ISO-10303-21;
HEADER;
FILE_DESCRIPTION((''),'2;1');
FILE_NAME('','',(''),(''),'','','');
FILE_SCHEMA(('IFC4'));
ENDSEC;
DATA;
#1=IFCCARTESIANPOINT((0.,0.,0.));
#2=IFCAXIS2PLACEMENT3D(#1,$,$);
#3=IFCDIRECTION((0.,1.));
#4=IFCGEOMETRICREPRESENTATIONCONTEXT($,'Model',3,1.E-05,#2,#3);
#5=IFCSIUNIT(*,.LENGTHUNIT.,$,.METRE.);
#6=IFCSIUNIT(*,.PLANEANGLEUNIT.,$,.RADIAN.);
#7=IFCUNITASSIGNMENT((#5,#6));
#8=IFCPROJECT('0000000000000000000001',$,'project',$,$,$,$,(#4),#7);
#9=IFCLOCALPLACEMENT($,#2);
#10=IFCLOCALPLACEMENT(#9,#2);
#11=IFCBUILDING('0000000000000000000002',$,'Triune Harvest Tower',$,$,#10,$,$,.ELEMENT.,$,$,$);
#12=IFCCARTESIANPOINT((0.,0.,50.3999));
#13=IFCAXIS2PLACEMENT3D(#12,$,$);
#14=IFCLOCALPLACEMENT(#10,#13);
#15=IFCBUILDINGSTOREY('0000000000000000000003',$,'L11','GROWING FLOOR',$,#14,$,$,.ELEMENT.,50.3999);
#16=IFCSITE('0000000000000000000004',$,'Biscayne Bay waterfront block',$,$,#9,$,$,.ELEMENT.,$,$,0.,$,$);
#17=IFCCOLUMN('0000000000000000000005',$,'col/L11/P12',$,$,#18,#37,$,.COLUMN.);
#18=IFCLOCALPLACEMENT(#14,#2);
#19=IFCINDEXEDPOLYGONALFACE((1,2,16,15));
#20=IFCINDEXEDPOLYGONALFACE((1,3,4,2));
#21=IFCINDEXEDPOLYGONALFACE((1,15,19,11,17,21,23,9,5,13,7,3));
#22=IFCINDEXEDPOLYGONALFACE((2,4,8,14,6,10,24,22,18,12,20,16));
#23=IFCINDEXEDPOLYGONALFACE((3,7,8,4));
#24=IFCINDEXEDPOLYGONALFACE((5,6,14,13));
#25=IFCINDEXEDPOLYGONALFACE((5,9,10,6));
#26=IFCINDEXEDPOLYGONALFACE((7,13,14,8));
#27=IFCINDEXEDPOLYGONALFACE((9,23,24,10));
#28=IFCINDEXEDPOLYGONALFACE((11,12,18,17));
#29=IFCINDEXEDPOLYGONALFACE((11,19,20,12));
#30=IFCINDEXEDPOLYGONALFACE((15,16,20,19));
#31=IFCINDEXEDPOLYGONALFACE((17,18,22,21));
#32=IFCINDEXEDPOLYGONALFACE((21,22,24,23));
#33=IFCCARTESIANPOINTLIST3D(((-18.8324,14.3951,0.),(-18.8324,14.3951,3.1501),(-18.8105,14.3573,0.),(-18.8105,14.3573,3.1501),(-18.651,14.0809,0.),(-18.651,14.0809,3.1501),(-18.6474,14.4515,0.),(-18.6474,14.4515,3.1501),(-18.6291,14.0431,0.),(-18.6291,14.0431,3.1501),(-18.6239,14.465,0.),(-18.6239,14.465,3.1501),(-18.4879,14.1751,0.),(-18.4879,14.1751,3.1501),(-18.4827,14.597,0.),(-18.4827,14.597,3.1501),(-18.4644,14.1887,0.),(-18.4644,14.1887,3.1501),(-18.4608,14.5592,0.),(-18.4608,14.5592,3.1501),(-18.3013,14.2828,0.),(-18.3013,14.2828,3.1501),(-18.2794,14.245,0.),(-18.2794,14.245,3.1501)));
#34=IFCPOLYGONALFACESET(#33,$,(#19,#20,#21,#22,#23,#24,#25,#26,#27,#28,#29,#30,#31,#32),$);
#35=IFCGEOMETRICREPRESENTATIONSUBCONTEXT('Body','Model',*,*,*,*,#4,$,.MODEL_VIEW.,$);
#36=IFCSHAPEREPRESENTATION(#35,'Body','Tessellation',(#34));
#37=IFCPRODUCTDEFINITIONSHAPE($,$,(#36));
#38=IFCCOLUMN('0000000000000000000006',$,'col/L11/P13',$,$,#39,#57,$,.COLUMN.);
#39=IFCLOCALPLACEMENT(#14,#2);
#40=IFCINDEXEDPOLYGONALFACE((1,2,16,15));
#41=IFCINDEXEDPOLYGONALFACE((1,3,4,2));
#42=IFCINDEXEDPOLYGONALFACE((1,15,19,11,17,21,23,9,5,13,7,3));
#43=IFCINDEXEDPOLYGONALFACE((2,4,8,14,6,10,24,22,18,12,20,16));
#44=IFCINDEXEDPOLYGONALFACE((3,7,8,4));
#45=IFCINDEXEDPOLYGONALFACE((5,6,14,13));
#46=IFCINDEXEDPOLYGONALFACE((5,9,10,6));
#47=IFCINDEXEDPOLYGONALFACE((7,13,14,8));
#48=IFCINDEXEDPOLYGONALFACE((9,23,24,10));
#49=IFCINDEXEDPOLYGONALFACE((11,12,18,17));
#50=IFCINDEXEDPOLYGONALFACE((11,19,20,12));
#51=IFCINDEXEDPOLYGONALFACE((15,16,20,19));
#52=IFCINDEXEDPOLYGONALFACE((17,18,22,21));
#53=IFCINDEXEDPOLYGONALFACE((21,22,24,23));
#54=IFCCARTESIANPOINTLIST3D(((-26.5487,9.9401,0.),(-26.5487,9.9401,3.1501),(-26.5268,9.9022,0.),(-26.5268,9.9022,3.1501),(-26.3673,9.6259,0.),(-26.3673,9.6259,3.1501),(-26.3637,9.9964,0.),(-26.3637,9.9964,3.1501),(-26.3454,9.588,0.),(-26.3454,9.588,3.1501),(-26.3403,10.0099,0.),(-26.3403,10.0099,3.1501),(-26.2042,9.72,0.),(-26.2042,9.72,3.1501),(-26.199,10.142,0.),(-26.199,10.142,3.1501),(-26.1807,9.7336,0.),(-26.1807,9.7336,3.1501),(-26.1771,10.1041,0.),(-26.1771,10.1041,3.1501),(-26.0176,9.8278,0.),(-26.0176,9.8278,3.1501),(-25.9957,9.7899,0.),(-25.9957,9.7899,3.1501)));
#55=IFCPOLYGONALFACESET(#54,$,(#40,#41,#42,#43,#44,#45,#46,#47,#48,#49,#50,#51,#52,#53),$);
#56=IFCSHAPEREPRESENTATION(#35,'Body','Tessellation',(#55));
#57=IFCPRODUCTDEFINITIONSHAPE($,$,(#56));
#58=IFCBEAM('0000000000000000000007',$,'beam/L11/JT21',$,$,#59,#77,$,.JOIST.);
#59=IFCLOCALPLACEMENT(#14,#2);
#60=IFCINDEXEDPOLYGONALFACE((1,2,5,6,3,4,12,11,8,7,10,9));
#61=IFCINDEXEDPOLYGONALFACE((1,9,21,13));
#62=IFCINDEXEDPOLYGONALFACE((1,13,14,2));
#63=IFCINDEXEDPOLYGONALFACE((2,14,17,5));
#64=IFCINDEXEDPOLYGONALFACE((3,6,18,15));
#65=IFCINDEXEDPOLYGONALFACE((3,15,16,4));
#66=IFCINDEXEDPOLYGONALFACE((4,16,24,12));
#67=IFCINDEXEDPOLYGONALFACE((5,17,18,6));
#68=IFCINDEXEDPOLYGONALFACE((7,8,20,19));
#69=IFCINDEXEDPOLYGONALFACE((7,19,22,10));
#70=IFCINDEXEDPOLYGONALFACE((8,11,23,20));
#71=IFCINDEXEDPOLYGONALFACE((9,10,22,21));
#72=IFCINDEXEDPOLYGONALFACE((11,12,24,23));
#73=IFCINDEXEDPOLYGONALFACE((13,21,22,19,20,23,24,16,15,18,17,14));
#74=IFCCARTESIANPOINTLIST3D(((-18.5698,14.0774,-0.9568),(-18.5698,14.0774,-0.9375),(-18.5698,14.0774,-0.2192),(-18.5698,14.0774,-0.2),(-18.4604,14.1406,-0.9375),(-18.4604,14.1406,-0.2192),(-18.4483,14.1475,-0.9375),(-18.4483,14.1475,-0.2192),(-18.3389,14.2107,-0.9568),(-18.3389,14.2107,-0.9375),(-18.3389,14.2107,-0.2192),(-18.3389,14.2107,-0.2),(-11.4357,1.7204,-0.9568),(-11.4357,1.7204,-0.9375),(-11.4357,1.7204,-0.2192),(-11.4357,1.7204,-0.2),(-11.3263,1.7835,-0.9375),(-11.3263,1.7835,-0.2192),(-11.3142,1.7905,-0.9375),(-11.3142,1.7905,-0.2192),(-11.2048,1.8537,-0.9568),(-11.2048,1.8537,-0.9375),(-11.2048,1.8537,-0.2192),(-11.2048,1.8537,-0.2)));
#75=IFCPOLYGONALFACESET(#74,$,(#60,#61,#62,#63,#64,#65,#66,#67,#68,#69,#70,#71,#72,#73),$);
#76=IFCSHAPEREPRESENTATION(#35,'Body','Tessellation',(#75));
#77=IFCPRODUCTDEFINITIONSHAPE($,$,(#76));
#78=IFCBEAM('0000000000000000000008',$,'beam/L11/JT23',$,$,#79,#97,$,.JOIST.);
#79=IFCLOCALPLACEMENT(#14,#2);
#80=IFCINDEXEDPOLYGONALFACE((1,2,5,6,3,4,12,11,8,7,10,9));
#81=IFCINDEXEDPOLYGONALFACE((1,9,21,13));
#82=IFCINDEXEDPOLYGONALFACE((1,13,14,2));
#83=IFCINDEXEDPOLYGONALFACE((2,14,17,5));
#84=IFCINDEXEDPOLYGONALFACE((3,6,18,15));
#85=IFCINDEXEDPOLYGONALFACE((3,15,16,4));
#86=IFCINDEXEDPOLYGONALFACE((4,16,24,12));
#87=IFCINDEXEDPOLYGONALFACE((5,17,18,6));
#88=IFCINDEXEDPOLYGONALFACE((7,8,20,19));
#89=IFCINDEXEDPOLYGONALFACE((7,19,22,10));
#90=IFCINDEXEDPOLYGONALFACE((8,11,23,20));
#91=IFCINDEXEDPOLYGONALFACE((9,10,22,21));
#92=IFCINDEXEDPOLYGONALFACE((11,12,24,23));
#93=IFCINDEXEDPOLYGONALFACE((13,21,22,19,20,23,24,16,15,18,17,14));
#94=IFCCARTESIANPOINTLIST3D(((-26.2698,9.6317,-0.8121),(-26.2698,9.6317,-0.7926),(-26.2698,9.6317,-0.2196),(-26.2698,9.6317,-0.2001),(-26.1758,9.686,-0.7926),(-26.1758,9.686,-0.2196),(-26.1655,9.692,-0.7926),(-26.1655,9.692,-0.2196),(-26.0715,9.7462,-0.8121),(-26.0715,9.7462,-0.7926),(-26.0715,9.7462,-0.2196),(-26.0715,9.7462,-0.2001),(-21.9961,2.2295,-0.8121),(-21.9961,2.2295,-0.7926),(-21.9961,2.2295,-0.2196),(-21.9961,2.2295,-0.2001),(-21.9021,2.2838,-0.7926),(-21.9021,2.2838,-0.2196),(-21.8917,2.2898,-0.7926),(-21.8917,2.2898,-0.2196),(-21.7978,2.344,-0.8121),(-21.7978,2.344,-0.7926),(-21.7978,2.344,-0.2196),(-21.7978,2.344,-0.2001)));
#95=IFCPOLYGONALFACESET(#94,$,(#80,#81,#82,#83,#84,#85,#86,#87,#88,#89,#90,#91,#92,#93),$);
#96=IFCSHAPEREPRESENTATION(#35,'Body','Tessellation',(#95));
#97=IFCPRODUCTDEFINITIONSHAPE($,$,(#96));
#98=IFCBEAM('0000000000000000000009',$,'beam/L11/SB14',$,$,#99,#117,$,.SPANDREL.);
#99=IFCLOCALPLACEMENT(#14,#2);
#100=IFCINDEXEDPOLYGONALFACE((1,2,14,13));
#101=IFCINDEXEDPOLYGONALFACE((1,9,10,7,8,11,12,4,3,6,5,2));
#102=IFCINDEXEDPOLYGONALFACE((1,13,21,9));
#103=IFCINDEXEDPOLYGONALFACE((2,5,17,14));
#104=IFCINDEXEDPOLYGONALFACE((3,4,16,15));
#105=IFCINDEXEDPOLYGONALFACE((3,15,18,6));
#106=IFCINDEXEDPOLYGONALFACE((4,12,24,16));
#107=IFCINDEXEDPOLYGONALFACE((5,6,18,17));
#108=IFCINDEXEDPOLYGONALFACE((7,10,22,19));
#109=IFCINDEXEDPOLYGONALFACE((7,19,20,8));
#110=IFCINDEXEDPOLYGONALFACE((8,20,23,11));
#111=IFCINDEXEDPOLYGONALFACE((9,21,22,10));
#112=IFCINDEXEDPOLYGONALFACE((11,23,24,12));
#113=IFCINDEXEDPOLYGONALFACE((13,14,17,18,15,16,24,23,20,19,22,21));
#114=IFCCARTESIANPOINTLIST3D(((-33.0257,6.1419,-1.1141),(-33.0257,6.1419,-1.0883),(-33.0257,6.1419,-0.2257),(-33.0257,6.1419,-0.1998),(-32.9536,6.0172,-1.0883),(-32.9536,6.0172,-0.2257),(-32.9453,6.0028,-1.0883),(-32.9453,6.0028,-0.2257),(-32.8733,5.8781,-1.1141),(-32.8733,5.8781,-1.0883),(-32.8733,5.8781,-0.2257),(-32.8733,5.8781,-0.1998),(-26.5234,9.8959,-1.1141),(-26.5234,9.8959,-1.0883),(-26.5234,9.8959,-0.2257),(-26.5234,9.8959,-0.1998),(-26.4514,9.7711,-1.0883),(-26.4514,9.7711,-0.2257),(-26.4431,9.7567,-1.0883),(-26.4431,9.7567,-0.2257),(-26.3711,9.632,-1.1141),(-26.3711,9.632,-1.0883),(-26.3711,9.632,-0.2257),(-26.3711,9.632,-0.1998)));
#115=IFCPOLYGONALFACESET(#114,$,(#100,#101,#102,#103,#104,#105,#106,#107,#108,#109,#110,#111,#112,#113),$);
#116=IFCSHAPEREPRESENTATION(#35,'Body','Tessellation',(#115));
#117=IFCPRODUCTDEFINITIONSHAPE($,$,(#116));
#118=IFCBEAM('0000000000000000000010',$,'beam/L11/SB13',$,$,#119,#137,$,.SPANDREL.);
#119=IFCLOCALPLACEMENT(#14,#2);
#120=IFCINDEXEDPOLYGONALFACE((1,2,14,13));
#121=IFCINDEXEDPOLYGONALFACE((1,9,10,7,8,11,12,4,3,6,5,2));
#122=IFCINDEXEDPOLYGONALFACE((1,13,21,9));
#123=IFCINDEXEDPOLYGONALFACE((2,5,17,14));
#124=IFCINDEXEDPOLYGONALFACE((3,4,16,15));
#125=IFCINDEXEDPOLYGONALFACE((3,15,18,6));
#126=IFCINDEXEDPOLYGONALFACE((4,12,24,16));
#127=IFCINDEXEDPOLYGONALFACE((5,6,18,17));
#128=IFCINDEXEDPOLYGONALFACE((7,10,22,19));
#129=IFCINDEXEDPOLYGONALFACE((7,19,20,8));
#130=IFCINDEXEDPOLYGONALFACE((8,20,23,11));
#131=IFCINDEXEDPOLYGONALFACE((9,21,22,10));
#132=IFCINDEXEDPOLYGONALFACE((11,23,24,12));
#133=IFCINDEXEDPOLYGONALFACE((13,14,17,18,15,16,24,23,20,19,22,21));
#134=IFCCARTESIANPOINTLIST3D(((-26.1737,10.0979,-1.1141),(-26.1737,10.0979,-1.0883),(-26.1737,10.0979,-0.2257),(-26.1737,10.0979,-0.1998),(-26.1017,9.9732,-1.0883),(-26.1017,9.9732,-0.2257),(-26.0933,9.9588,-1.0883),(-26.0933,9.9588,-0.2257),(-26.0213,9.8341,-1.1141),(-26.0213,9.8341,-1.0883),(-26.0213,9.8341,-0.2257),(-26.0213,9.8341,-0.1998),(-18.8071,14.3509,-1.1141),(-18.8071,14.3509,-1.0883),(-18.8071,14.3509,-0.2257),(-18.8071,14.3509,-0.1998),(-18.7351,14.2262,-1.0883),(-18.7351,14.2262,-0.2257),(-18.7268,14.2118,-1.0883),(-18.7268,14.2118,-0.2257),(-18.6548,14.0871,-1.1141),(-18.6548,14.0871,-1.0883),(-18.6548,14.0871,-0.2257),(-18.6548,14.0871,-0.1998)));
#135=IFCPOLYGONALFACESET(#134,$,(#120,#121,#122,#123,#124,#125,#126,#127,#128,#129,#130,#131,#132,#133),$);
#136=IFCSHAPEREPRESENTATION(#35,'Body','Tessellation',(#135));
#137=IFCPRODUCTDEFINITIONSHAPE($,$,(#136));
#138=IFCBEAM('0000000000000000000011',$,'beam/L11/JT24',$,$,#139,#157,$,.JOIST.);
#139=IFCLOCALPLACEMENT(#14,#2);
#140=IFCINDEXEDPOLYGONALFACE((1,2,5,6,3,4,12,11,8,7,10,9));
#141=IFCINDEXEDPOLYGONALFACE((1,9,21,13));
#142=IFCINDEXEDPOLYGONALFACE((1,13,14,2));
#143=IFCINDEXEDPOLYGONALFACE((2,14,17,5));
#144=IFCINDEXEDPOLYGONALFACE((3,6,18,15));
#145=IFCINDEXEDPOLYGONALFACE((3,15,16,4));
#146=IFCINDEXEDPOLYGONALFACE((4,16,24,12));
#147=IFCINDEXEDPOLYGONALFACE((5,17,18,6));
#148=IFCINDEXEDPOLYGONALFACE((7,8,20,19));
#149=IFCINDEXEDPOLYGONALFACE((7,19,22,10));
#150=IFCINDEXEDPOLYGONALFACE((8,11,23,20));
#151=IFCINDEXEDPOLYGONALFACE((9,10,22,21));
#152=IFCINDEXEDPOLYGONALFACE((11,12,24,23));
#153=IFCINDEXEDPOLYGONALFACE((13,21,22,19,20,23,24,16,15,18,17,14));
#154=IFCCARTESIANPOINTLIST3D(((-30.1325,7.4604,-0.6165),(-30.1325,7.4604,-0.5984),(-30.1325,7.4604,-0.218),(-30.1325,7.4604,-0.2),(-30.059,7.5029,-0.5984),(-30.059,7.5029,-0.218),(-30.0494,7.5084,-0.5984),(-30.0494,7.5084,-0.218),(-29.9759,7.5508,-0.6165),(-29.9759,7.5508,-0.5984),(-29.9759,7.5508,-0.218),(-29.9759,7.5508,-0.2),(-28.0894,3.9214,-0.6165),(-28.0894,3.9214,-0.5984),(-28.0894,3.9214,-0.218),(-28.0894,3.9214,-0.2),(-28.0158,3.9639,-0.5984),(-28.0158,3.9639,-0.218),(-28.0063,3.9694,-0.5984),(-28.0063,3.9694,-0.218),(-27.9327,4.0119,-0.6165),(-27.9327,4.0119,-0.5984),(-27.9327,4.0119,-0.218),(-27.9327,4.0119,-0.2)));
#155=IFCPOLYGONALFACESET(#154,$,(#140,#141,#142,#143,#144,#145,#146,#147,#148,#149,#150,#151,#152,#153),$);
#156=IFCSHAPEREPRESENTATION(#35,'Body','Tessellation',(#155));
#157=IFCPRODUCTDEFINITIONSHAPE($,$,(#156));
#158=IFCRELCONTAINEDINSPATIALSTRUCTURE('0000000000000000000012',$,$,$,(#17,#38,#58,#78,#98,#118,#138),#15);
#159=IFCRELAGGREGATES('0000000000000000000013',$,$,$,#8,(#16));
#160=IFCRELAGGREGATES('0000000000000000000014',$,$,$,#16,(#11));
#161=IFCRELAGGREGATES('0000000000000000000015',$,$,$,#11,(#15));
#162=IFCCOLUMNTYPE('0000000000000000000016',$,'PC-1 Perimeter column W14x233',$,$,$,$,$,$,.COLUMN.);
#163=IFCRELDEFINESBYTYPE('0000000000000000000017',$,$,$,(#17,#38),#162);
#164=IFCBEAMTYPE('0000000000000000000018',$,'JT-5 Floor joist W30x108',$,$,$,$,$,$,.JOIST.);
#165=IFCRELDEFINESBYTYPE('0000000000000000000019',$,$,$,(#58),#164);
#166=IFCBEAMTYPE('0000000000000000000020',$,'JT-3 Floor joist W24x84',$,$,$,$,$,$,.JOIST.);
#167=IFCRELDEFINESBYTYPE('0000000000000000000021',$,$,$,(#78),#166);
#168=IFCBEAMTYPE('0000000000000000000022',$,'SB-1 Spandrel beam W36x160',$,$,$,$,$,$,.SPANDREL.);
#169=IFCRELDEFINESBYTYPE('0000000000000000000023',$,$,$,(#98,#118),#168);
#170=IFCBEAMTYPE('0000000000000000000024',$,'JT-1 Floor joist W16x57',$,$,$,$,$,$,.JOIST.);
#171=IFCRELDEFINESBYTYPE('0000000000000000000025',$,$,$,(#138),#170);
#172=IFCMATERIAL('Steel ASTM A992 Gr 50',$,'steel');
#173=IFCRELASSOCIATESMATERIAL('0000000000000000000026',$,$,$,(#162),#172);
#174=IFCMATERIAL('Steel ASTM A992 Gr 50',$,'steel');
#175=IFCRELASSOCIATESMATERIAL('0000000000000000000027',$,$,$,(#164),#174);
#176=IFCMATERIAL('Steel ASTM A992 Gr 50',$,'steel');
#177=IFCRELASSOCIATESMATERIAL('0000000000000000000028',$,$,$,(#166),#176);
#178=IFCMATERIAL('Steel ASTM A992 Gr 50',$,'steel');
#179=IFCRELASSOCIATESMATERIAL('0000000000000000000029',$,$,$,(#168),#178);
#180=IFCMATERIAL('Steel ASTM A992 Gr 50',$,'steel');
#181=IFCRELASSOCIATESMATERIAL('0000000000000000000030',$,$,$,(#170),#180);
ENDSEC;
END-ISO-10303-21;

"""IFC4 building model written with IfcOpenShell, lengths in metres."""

from ifc_helpers import new_model, si_unit, direction, frame, origin, origin_2d, place, context, subcontext, project, spatial, i_section, extrude, source, transform, mapped, material, material_profile, profile_set, type_object, element, save


model = new_model("IFC4")

# Units and contexts
model_context = context("Model", 3, precision=1e-05, world=origin(), true_north=direction((0.0, 1.0)))
body_context = subcontext(model_context, "Body", "Model", "MODEL_VIEW")
ifc_project = project(units=[si_unit("LENGTHUNIT", "METRE"), si_unit("PLANEANGLEUNIT", "RADIAN")], contexts=[model_context])

# Site, building, storey
site_placement = place(None, origin())
site = spatial("IfcSite", under=ifc_project, at=site_placement, Name="Biscayne Bay waterfront block", CompositionType="ELEMENT", RefElevation=0.0)
building_placement = place(site_placement, origin())
building = spatial("IfcBuilding", under=site, at=building_placement, Name="Triune Harvest Tower", CompositionType="ELEMENT")
storey_placement = place(building_placement, frame((0.0, 0.0, 50.3999)))
storey = spatial("IfcBuildingStorey", under=building, at=storey_placement, Name="L11", Description="GROWING FLOOR", CompositionType="ELEMENT", Elevation=50.3999)

# Columns
ifc_material_1 = material(Name="Steel ASTM A992 Gr 50", Category="steel")
ifc_material_profile_1 = material_profile(ifc_material_1, i_section(OverallWidth=0.4038, OverallDepth=0.4065, WebThickness=0.0271, FlangeThickness=0.0437, at=origin_2d()), Name="W14x233")
ifc_profile_set_1 = profile_set([ifc_material_profile_1], Name="Steel ASTM A992 Gr 50")
column_type = type_object("IfcColumnType", Name="PC-1 Perimeter column W14x233", PredefinedType="COLUMN", material=ifc_profile_set_1)
shared_shape_1 = source(origin(), body_context, "Body", "SweptSolid", [
    extrude(i_section(OverallWidth=0.4038, OverallDepth=0.4065, WebThickness=0.0271, FlangeThickness=0.0437, at=origin_2d()), origin(), (0.0, 0.0, 1.0), 3.1501),
])
for number, where, z_axis, x_axis, name in (
    (1, (-18.5559, 14.3201, 0.0), (0.0, 0.0, 1.0), (-0.866025, -0.5, 0.0), "col/L11/P12"),
    (2, (-26.2722, 9.865, 0.0), (0.0, 0.0, 1.0), (-0.866025, -0.5, 0.0), "col/L11/P13"),
):
    element("IfcColumn", number, at=place(storey_placement, frame(where, z_axis=z_axis, x_axis=x_axis)), inside=storey, type_object=column_type, Name=name, PredefinedType="COLUMN", context=body_context, shape_type="MappedRepresentation", body=[
        mapped(shared_shape_1, transform((0.0, 0.0, 0.0), scale=1.0)),
    ])

# Beams
ifc_material_2 = material(Name="Steel ASTM A992 Gr 50", Category="steel")
ifc_material_profile_2 = material_profile(ifc_material_2, i_section(OverallWidth=0.2666, OverallDepth=0.7568, WebThickness=0.0139, FlangeThickness=0.0193, at=origin_2d()), Name="W30x108")
ifc_profile_set_2 = profile_set([ifc_material_profile_2], Name="Steel ASTM A992 Gr 50")
beam_type_1 = type_object("IfcBeamType", Name="JT-5 Floor joist W30x108", PredefinedType="JOIST", material=ifc_profile_set_2)
shared_shape_2 = source(origin(), body_context, "Body", "SweptSolid", [
    extrude(i_section(OverallWidth=0.2666, OverallDepth=0.7568, WebThickness=0.0139, FlangeThickness=0.0193, at=origin_2d()), origin(), (0.0, 0.0, 1.0), 14.2686),
])
beam_1_placement = place(storey_placement, frame((-18.4543, 14.144, -0.5784), z_axis=(0.499987, -0.866033, 0.0), x_axis=(0.866033, 0.499987, 0.0)))
element("IfcBeam", 3, at=beam_1_placement, inside=storey, type_object=beam_type_1, Name="beam/L11/JT21", PredefinedType="JOIST", context=body_context, shape_type="MappedRepresentation", body=[
    mapped(shared_shape_2, transform((0.0, 0.0, 0.0), scale=1.0)),
])
ifc_material_3 = material(Name="Steel ASTM A992 Gr 50", Category="steel")
ifc_material_profile_3 = material_profile(ifc_material_3, i_section(OverallWidth=0.229, OverallDepth=0.6121, WebThickness=0.012, FlangeThickness=0.0195, at=origin_2d()), Name="W24x84")
ifc_profile_set_3 = profile_set([ifc_material_profile_3], Name="Steel ASTM A992 Gr 50")
beam_type_2 = type_object("IfcBeamType", Name="JT-3 Floor joist W24x84", PredefinedType="JOIST", material=ifc_profile_set_3)
shared_shape_3 = source(origin(), body_context, "Body", "SweptSolid", [
    extrude(i_section(OverallWidth=0.229, OverallDepth=0.6121, WebThickness=0.012, FlangeThickness=0.0195, at=origin_2d()), origin(), (0.0, 0.0, 1.0), 8.5474),
])
beam_2_placement = place(storey_placement, frame((-26.1707, 9.689, -0.5061), z_axis=(0.500007, -0.866021, 0.0), x_axis=(0.866021, 0.500007, 0.0)))
element("IfcBeam", 4, at=beam_2_placement, inside=storey, type_object=beam_type_2, Name="beam/L11/JT23", PredefinedType="JOIST", context=body_context, shape_type="MappedRepresentation", body=[
    mapped(shared_shape_3, transform((0.0, 0.0, 0.0), scale=1.0)),
])
ifc_material_4 = material(Name="Steel ASTM A992 Gr 50", Category="steel")
ifc_material_profile_4 = material_profile(ifc_material_4, i_section(OverallWidth=0.3047, OverallDepth=0.9143, WebThickness=0.0166, FlangeThickness=0.0259, at=origin_2d()), Name="W36x160")
ifc_profile_set_4 = profile_set([ifc_material_profile_4], Name="Steel ASTM A992 Gr 50")
beam_type_3 = type_object("IfcBeamType", Name="SB-1 Spandrel beam W36x160", PredefinedType="SPANDREL", material=ifc_profile_set_4)
shared_shape_4 = source(origin(), body_context, "Body", "SweptSolid", [
    extrude(i_section(OverallWidth=0.3047, OverallDepth=0.9143, WebThickness=0.0166, FlangeThickness=0.0259, at=origin_2d()), origin(), (0.0, 0.0, 1.0), 7.5081),
])
beam_3_placement = place(storey_placement, frame((-26.4473, 9.7639, -0.657), z_axis=(-0.866033, -0.499986, 0.0), x_axis=(0.499986, -0.866033, 0.0)))
element("IfcBeam", 5, at=beam_3_placement, inside=storey, type_object=beam_type_3, Name="beam/L11/SB14", PredefinedType="SPANDREL", context=body_context, shape_type="MappedRepresentation", body=[
    mapped(shared_shape_4, transform((0.0, 0.0, 0.0), scale=1.0)),
])
shared_shape_5 = source(origin(), body_context, "Body", "SweptSolid", [
    extrude(i_section(OverallWidth=0.3047, OverallDepth=0.9143, WebThickness=0.0166, FlangeThickness=0.0259, at=origin_2d()), origin(), (0.0, 0.0, 1.0), 8.5061),
])
beam_4_placement = place(storey_placement, frame((-18.731, 14.219, -0.657), z_axis=(-0.86603, -0.499992, 0.0), x_axis=(0.499992, -0.86603, 0.0)))
element("IfcBeam", 6, at=beam_4_placement, inside=storey, type_object=beam_type_3, Name="beam/L11/SB13", PredefinedType="SPANDREL", context=body_context, shape_type="MappedRepresentation", body=[
    mapped(shared_shape_5, transform((0.0, 0.0, 0.0), scale=1.0)),
])
ifc_material_5 = material(Name="Steel ASTM A992 Gr 50", Category="steel")
ifc_material_profile_5 = material_profile(ifc_material_5, i_section(OverallWidth=0.1809, OverallDepth=0.4165, WebThickness=0.011, FlangeThickness=0.0181, at=origin_2d()), Name="W16x57")
ifc_profile_set_5 = profile_set([ifc_material_profile_5], Name="Steel ASTM A992 Gr 50")
beam_type_4 = type_object("IfcBeamType", Name="JT-1 Floor joist W16x57", PredefinedType="JOIST", material=ifc_profile_set_5)
shared_shape_6 = source(origin(), body_context, "Body", "SweptSolid", [
    extrude(i_section(OverallWidth=0.1809, OverallDepth=0.4165, WebThickness=0.011, FlangeThickness=0.0181, at=origin_2d()), origin(), (0.0, 0.0, 1.0), 4.0864),
])
beam_5_placement = place(storey_placement, frame((-30.0542, 7.5056, -0.4082), z_axis=(0.499988, -0.866032, 0.0), x_axis=(0.866032, 0.499988, 0.0)))
element("IfcBeam", 7, at=beam_5_placement, inside=storey, type_object=beam_type_4, Name="beam/L11/JT24", PredefinedType="JOIST", context=body_context, shape_type="MappedRepresentation", body=[
    mapped(shared_shape_6, transform((0.0, 0.0, 0.0), scale=1.0)),
])

save(model, "model.ifc")
